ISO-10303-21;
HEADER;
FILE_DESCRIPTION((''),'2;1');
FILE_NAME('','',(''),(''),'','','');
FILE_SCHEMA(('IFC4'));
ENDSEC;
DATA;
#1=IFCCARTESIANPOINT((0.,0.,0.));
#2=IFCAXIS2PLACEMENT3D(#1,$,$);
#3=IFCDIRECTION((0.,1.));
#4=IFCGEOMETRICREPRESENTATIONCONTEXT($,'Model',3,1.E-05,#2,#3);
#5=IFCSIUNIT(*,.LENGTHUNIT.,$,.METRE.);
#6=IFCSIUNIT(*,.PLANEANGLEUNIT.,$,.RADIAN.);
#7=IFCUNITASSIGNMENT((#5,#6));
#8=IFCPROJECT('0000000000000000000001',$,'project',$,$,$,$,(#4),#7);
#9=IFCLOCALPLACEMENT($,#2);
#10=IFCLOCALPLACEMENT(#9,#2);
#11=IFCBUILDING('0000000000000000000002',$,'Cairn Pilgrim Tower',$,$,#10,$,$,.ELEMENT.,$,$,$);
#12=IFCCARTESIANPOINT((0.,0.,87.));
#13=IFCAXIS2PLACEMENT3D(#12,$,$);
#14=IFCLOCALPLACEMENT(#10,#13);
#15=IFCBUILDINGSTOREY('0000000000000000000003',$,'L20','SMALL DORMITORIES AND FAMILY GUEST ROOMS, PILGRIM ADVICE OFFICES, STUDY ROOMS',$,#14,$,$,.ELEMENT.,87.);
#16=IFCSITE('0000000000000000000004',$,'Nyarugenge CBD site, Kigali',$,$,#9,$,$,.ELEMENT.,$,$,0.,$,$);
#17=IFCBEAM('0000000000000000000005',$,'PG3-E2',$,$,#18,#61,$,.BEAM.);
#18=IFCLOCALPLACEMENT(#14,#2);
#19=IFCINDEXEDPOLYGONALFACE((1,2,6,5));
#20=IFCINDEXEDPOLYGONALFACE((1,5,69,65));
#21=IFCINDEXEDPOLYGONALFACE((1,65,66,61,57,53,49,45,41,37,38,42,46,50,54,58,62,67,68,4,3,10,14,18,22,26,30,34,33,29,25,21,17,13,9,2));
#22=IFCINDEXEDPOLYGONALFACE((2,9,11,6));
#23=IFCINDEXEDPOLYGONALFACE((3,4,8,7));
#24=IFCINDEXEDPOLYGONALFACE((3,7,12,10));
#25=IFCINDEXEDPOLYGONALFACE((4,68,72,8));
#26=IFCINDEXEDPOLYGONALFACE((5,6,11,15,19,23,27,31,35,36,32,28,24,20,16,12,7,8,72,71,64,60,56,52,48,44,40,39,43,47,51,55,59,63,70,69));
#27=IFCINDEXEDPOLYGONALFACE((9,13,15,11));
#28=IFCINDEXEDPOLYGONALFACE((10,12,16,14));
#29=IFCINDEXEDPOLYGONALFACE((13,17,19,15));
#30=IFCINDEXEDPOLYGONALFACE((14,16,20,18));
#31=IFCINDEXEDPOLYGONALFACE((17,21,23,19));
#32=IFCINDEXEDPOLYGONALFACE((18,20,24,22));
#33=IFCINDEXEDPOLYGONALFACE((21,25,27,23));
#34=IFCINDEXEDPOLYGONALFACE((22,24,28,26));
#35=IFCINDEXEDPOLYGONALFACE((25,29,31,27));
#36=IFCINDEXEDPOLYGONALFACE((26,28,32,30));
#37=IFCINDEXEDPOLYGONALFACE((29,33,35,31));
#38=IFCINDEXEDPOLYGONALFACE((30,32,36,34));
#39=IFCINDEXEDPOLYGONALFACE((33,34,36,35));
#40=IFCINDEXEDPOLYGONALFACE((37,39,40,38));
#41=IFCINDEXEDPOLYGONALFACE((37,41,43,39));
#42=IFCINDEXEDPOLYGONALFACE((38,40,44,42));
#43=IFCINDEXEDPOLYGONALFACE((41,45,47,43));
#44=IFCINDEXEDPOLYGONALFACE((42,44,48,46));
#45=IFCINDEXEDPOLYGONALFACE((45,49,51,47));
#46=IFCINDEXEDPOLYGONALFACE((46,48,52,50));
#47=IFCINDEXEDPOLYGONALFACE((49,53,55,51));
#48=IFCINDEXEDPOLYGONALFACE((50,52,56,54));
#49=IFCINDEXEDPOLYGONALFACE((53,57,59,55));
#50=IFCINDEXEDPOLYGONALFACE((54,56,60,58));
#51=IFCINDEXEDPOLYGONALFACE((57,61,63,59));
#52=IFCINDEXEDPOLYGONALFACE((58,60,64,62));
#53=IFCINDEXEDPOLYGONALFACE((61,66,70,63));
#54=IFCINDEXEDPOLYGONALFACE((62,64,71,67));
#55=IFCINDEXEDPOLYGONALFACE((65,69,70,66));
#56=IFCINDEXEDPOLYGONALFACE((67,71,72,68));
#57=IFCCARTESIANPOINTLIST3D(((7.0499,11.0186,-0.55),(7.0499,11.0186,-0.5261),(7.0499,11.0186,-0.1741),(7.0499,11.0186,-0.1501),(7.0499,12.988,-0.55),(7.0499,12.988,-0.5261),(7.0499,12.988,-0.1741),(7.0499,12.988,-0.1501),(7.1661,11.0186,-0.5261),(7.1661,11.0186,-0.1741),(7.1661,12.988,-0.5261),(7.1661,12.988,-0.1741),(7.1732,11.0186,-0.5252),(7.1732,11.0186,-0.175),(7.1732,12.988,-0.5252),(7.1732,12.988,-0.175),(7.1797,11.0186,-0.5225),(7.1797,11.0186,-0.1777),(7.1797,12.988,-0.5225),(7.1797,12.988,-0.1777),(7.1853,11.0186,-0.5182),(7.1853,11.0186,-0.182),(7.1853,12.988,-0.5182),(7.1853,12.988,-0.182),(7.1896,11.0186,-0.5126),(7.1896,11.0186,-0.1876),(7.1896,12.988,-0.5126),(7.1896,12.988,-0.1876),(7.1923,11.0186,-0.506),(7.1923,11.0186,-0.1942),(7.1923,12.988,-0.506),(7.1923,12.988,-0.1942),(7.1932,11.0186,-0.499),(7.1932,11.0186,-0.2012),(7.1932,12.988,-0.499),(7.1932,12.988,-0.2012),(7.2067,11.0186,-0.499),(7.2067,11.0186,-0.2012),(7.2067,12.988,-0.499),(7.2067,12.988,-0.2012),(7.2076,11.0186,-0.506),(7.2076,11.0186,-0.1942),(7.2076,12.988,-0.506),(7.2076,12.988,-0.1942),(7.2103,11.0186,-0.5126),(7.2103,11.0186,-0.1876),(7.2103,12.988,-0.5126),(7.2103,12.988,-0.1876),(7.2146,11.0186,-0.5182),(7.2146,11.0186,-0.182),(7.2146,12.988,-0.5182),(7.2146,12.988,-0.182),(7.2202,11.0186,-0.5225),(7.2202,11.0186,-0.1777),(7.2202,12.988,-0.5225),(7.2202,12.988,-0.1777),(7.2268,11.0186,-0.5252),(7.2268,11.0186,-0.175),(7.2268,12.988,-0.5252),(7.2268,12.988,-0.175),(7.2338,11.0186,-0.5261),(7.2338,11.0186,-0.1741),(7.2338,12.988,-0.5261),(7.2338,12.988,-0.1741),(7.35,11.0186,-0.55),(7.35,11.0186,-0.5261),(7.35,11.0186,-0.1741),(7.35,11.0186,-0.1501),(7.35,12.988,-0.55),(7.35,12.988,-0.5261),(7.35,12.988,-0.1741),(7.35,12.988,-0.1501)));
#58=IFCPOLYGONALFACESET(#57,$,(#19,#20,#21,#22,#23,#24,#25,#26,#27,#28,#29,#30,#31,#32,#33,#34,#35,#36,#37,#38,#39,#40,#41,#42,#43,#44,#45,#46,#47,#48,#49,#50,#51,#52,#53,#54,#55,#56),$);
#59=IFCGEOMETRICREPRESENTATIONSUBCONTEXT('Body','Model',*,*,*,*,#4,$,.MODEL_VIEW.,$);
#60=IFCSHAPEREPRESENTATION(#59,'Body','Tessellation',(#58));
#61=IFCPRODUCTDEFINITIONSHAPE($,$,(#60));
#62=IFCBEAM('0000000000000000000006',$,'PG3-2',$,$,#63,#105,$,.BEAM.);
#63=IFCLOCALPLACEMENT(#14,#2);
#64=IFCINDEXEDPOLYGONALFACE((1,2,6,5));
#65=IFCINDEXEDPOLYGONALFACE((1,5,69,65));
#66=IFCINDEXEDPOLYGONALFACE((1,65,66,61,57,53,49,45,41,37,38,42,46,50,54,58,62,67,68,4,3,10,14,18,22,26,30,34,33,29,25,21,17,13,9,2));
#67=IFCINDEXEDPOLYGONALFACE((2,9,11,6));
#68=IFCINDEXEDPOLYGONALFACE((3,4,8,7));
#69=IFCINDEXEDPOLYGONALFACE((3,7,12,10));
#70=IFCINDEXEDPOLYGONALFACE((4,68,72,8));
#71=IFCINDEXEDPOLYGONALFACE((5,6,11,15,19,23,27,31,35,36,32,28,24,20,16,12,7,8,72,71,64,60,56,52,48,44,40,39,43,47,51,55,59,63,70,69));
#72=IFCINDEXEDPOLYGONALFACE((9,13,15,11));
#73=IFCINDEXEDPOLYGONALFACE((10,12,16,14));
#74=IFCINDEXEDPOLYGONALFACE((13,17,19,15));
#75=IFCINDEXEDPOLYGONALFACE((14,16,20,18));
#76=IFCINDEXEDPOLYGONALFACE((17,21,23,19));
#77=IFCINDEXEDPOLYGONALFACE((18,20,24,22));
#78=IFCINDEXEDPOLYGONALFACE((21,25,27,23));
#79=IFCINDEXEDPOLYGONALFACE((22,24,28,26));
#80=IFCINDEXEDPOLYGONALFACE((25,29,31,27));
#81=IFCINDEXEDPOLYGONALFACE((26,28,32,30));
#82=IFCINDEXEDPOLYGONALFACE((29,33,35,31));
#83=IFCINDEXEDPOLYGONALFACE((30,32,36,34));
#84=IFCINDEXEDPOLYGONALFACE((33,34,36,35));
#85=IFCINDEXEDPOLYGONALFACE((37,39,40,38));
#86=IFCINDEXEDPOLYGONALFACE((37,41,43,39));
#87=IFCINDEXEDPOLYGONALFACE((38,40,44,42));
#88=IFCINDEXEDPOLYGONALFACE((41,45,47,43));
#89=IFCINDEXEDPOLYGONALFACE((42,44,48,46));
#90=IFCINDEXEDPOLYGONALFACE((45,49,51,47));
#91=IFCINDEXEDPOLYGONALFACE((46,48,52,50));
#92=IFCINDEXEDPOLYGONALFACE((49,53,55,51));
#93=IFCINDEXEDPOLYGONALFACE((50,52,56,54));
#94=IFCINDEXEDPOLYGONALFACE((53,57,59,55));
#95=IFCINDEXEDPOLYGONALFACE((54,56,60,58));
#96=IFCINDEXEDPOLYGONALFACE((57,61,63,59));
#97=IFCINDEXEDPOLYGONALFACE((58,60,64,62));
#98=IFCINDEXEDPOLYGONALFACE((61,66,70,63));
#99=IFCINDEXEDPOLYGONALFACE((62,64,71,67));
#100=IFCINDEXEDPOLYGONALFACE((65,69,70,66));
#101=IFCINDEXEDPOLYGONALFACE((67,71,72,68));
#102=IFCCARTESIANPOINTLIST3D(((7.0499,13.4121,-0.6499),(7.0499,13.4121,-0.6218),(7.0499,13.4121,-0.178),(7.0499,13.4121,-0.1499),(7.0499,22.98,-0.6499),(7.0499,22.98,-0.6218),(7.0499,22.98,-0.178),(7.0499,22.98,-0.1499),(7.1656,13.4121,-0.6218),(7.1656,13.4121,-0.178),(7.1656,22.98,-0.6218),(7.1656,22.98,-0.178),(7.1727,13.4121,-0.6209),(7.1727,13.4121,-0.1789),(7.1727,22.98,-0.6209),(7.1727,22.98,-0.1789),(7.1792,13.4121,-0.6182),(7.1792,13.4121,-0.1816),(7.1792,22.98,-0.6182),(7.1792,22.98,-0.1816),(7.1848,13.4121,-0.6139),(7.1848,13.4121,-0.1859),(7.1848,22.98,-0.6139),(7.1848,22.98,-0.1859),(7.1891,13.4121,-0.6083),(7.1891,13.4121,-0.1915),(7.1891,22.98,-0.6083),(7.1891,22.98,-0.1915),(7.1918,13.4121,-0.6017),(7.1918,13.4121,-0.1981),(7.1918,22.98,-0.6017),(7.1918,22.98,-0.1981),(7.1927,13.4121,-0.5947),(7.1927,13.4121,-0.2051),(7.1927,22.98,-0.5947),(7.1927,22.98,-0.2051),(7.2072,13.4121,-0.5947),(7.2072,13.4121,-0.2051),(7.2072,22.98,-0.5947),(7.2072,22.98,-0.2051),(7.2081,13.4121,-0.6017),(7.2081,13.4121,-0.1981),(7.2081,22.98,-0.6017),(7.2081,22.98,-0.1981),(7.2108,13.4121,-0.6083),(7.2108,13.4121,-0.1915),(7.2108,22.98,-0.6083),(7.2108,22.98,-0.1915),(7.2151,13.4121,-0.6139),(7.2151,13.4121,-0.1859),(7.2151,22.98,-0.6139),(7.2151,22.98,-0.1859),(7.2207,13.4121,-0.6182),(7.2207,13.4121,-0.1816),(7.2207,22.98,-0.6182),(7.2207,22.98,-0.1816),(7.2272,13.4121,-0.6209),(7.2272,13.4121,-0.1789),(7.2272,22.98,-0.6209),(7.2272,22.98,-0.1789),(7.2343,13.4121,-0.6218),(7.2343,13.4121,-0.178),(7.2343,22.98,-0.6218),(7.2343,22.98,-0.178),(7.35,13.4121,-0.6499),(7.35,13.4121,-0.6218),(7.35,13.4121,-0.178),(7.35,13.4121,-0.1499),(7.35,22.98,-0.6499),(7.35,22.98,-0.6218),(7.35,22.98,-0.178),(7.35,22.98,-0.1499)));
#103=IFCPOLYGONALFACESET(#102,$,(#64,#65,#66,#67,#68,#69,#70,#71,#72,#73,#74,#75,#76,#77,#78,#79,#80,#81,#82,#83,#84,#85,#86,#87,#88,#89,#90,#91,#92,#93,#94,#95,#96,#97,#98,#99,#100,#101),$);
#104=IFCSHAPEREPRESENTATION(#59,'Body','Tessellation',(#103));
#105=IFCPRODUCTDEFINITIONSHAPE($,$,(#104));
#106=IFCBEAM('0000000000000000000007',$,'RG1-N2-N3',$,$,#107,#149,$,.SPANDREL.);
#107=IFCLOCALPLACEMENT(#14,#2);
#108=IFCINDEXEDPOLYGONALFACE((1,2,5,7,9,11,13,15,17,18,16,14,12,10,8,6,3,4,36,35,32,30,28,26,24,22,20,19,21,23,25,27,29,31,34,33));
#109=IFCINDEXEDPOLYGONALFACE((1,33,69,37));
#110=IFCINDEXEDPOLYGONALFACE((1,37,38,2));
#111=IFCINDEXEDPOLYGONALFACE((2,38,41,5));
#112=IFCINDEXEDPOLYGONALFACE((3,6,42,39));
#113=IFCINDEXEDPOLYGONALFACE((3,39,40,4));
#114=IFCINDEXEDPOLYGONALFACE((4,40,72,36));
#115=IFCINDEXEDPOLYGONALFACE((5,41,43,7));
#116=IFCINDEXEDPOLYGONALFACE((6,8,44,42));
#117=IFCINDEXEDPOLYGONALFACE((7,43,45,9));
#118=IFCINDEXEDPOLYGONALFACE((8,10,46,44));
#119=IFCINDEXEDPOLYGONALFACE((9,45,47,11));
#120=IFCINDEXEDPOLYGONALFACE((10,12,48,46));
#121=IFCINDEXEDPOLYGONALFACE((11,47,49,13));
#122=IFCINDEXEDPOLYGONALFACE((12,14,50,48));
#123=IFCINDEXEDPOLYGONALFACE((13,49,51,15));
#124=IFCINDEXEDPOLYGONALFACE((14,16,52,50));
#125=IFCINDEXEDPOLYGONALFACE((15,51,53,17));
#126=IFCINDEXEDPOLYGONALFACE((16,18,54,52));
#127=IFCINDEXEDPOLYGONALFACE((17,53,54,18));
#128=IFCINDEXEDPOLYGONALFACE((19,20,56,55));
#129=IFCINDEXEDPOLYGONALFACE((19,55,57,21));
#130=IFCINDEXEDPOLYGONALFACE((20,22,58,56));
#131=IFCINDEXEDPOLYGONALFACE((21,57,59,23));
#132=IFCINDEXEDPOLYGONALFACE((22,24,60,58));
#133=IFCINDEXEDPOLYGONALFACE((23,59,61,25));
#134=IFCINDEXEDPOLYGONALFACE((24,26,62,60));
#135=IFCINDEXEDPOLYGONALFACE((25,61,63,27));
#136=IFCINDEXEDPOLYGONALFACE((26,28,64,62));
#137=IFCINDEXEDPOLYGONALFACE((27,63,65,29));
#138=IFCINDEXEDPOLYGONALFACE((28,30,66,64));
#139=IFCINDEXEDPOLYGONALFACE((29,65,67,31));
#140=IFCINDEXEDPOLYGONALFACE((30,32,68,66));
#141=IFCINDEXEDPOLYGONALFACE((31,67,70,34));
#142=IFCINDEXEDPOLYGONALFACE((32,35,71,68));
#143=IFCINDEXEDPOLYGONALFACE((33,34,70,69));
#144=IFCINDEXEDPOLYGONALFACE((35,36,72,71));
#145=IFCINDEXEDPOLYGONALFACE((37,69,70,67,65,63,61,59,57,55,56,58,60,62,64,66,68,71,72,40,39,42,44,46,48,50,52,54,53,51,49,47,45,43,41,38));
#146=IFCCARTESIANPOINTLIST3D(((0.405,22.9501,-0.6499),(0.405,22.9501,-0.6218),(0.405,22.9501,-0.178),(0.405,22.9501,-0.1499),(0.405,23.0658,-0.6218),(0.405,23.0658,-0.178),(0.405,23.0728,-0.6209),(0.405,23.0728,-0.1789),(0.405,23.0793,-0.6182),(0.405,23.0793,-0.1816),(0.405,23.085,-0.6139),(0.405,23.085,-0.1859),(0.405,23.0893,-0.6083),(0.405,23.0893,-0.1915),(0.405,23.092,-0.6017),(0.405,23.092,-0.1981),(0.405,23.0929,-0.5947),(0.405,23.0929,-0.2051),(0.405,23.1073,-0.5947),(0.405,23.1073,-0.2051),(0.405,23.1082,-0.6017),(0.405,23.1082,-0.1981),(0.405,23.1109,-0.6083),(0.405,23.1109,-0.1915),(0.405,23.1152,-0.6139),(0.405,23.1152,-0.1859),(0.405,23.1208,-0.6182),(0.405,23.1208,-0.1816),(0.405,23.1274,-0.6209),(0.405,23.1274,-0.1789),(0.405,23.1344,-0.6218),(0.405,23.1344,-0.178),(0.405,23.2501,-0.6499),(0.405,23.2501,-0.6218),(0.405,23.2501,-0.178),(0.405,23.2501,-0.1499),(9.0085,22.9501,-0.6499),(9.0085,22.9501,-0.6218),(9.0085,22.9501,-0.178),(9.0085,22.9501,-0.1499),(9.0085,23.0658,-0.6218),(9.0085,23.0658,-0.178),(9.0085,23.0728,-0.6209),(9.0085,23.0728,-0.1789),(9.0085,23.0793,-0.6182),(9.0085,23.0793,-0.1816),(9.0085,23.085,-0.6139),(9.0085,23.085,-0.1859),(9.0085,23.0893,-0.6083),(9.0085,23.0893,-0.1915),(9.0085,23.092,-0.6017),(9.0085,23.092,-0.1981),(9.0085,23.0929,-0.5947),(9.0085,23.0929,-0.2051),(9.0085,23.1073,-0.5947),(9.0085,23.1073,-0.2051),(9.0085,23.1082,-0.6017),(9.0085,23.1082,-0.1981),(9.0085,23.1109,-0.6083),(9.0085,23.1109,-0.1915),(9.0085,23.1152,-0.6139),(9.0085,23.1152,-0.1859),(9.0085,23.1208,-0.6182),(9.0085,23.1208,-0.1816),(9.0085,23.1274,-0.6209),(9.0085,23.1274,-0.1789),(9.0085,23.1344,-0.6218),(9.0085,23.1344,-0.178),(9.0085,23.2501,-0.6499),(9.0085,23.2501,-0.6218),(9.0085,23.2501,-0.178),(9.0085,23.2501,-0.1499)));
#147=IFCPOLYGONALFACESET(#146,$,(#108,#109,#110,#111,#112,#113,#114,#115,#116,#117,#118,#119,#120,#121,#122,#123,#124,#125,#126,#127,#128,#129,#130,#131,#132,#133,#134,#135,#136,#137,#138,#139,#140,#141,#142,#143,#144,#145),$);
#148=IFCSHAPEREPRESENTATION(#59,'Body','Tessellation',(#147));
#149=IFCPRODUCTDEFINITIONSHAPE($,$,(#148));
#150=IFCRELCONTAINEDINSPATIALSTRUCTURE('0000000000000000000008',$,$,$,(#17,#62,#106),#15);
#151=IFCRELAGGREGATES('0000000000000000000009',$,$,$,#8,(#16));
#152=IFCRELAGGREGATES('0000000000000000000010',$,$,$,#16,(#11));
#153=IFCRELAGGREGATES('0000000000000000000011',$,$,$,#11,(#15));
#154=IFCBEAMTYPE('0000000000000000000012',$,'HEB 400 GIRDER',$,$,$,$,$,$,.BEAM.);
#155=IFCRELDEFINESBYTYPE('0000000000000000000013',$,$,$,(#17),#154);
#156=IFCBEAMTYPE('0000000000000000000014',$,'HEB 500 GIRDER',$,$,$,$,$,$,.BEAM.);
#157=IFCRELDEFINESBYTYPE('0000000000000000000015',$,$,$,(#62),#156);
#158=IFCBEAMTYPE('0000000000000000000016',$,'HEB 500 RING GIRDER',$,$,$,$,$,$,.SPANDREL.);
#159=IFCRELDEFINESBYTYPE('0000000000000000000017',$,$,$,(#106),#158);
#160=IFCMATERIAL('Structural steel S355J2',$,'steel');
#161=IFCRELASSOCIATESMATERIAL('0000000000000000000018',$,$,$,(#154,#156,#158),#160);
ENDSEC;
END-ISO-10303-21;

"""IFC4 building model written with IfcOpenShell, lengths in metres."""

from ifc_helpers import new_model, si_unit, direction, frame, origin, origin_2d, place, context, subcontext, project, spatial, i_section, extrude, material, material_profile, profile_set, type_object, element, save


model = new_model("IFC4")

# Units and contexts
model_context = context("Model", 3, precision=1e-05, world=origin(), true_north=direction((0.0, 1.0)))
body_context = subcontext(model_context, "Body", "Model", "MODEL_VIEW")
ifc_project = project(units=[si_unit("LENGTHUNIT", "METRE"), si_unit("PLANEANGLEUNIT", "RADIAN")], contexts=[model_context])

# Site, building, storey
site_placement = place(None, origin())
site = spatial("IfcSite", under=ifc_project, at=site_placement, Name="Nyarugenge CBD site, Kigali", CompositionType="ELEMENT", RefElevation=0.0)
building_placement = place(site_placement, origin())
building = spatial("IfcBuilding", under=site, at=building_placement, Name="Cairn Pilgrim Tower", CompositionType="ELEMENT")
storey_placement = place(building_placement, frame((0.0, 0.0, 87.0)))
storey = spatial("IfcBuildingStorey", under=building, at=storey_placement, Name="L20", Description="SMALL DORMITORIES AND FAMILY GUEST ROOMS, PILGRIM ADVICE OFFICES, STUDY ROOMS", CompositionType="ELEMENT", Elevation=87.0)

# Beams
ifc_material_1 = material(Name="Structural steel S355J2", Category="steel")
ifc_material_profile_1 = material_profile(ifc_material_1, i_section(OverallWidth=0.3, OverallDepth=0.3999, WebThickness=0.0134, FlangeThickness=0.0239, FilletRadius=0.0271, at=origin_2d()), Name="HEB 400")
ifc_profile_set_1 = profile_set([ifc_material_profile_1], Name="Structural steel S355J2")
beam_type_1 = type_object("IfcBeamType", Name="HEB 400 GIRDER", PredefinedType="BEAM", material=ifc_profile_set_1)
beam_1_placement = place(storey_placement, frame((7.2, 11.0186, -0.3501), z_axis=(0.0, 1.0, 0.0), x_axis=(-1.0, 0.0, 0.0)))
element("IfcBeam", 1, at=beam_1_placement, inside=storey, type_object=beam_type_1, Name="PG3-E2", PredefinedType="BEAM", context=body_context, shape_type="SweptSolid", body=[
    extrude(i_section(OverallWidth=0.3, OverallDepth=0.3999, WebThickness=0.0134, FlangeThickness=0.0239, FilletRadius=0.0271, at=origin_2d()), origin(), (0.0, 0.0, 1.0), 1.9695),
])
ifc_material_profile_2 = material_profile(ifc_material_1, i_section(OverallWidth=0.3, OverallDepth=0.5, WebThickness=0.0144, FlangeThickness=0.0281, FilletRadius=0.0271, at=origin_2d()), Name="HEB 500")
ifc_profile_set_2 = profile_set([ifc_material_profile_2], Name="Structural steel S355J2")
beam_type_2 = type_object("IfcBeamType", Name="HEB 500 GIRDER", PredefinedType="BEAM", material=ifc_profile_set_2)
beam_2_placement = place(storey_placement, frame((7.2, 13.4121, -0.3999), z_axis=(0.0, 1.0, 0.0), x_axis=(-1.0, 0.0, 0.0)))
element("IfcBeam", 2, at=beam_2_placement, inside=storey, type_object=beam_type_2, Name="PG3-2", PredefinedType="BEAM", context=body_context, shape_type="SweptSolid", body=[
    extrude(i_section(OverallWidth=0.3, OverallDepth=0.5, WebThickness=0.0144, FlangeThickness=0.0281, FilletRadius=0.0271, at=origin_2d()), origin(), (0.0, 0.0, 1.0), 9.5679),
])
ifc_material_profile_3 = material_profile(ifc_material_1, i_section(OverallWidth=0.3, OverallDepth=0.5, WebThickness=0.0144, FlangeThickness=0.0281, FilletRadius=0.0271, at=origin_2d()), Name="HEB 500")
ifc_profile_set_3 = profile_set([ifc_material_profile_3], Name="Structural steel S355J2")
beam_type_3 = type_object("IfcBeamType", Name="HEB 500 RING GIRDER", PredefinedType="SPANDREL", material=ifc_profile_set_3)
beam_3_placement = place(storey_placement, frame((9.0085, 23.1001, -0.3999), z_axis=(-1.0, 0.0, 0.0), x_axis=(0.0, -1.0, 0.0)))
element("IfcBeam", 3, at=beam_3_placement, inside=storey, type_object=beam_type_3, Name="RG1-N2-N3", PredefinedType="SPANDREL", context=body_context, shape_type="SweptSolid", body=[
    extrude(i_section(OverallWidth=0.3, OverallDepth=0.5, WebThickness=0.0144, FlangeThickness=0.0281, FilletRadius=0.0271, at=origin_2d()), origin(), (0.0, 0.0, 1.0), 8.6035),
])

save(model, "model.ifc")
